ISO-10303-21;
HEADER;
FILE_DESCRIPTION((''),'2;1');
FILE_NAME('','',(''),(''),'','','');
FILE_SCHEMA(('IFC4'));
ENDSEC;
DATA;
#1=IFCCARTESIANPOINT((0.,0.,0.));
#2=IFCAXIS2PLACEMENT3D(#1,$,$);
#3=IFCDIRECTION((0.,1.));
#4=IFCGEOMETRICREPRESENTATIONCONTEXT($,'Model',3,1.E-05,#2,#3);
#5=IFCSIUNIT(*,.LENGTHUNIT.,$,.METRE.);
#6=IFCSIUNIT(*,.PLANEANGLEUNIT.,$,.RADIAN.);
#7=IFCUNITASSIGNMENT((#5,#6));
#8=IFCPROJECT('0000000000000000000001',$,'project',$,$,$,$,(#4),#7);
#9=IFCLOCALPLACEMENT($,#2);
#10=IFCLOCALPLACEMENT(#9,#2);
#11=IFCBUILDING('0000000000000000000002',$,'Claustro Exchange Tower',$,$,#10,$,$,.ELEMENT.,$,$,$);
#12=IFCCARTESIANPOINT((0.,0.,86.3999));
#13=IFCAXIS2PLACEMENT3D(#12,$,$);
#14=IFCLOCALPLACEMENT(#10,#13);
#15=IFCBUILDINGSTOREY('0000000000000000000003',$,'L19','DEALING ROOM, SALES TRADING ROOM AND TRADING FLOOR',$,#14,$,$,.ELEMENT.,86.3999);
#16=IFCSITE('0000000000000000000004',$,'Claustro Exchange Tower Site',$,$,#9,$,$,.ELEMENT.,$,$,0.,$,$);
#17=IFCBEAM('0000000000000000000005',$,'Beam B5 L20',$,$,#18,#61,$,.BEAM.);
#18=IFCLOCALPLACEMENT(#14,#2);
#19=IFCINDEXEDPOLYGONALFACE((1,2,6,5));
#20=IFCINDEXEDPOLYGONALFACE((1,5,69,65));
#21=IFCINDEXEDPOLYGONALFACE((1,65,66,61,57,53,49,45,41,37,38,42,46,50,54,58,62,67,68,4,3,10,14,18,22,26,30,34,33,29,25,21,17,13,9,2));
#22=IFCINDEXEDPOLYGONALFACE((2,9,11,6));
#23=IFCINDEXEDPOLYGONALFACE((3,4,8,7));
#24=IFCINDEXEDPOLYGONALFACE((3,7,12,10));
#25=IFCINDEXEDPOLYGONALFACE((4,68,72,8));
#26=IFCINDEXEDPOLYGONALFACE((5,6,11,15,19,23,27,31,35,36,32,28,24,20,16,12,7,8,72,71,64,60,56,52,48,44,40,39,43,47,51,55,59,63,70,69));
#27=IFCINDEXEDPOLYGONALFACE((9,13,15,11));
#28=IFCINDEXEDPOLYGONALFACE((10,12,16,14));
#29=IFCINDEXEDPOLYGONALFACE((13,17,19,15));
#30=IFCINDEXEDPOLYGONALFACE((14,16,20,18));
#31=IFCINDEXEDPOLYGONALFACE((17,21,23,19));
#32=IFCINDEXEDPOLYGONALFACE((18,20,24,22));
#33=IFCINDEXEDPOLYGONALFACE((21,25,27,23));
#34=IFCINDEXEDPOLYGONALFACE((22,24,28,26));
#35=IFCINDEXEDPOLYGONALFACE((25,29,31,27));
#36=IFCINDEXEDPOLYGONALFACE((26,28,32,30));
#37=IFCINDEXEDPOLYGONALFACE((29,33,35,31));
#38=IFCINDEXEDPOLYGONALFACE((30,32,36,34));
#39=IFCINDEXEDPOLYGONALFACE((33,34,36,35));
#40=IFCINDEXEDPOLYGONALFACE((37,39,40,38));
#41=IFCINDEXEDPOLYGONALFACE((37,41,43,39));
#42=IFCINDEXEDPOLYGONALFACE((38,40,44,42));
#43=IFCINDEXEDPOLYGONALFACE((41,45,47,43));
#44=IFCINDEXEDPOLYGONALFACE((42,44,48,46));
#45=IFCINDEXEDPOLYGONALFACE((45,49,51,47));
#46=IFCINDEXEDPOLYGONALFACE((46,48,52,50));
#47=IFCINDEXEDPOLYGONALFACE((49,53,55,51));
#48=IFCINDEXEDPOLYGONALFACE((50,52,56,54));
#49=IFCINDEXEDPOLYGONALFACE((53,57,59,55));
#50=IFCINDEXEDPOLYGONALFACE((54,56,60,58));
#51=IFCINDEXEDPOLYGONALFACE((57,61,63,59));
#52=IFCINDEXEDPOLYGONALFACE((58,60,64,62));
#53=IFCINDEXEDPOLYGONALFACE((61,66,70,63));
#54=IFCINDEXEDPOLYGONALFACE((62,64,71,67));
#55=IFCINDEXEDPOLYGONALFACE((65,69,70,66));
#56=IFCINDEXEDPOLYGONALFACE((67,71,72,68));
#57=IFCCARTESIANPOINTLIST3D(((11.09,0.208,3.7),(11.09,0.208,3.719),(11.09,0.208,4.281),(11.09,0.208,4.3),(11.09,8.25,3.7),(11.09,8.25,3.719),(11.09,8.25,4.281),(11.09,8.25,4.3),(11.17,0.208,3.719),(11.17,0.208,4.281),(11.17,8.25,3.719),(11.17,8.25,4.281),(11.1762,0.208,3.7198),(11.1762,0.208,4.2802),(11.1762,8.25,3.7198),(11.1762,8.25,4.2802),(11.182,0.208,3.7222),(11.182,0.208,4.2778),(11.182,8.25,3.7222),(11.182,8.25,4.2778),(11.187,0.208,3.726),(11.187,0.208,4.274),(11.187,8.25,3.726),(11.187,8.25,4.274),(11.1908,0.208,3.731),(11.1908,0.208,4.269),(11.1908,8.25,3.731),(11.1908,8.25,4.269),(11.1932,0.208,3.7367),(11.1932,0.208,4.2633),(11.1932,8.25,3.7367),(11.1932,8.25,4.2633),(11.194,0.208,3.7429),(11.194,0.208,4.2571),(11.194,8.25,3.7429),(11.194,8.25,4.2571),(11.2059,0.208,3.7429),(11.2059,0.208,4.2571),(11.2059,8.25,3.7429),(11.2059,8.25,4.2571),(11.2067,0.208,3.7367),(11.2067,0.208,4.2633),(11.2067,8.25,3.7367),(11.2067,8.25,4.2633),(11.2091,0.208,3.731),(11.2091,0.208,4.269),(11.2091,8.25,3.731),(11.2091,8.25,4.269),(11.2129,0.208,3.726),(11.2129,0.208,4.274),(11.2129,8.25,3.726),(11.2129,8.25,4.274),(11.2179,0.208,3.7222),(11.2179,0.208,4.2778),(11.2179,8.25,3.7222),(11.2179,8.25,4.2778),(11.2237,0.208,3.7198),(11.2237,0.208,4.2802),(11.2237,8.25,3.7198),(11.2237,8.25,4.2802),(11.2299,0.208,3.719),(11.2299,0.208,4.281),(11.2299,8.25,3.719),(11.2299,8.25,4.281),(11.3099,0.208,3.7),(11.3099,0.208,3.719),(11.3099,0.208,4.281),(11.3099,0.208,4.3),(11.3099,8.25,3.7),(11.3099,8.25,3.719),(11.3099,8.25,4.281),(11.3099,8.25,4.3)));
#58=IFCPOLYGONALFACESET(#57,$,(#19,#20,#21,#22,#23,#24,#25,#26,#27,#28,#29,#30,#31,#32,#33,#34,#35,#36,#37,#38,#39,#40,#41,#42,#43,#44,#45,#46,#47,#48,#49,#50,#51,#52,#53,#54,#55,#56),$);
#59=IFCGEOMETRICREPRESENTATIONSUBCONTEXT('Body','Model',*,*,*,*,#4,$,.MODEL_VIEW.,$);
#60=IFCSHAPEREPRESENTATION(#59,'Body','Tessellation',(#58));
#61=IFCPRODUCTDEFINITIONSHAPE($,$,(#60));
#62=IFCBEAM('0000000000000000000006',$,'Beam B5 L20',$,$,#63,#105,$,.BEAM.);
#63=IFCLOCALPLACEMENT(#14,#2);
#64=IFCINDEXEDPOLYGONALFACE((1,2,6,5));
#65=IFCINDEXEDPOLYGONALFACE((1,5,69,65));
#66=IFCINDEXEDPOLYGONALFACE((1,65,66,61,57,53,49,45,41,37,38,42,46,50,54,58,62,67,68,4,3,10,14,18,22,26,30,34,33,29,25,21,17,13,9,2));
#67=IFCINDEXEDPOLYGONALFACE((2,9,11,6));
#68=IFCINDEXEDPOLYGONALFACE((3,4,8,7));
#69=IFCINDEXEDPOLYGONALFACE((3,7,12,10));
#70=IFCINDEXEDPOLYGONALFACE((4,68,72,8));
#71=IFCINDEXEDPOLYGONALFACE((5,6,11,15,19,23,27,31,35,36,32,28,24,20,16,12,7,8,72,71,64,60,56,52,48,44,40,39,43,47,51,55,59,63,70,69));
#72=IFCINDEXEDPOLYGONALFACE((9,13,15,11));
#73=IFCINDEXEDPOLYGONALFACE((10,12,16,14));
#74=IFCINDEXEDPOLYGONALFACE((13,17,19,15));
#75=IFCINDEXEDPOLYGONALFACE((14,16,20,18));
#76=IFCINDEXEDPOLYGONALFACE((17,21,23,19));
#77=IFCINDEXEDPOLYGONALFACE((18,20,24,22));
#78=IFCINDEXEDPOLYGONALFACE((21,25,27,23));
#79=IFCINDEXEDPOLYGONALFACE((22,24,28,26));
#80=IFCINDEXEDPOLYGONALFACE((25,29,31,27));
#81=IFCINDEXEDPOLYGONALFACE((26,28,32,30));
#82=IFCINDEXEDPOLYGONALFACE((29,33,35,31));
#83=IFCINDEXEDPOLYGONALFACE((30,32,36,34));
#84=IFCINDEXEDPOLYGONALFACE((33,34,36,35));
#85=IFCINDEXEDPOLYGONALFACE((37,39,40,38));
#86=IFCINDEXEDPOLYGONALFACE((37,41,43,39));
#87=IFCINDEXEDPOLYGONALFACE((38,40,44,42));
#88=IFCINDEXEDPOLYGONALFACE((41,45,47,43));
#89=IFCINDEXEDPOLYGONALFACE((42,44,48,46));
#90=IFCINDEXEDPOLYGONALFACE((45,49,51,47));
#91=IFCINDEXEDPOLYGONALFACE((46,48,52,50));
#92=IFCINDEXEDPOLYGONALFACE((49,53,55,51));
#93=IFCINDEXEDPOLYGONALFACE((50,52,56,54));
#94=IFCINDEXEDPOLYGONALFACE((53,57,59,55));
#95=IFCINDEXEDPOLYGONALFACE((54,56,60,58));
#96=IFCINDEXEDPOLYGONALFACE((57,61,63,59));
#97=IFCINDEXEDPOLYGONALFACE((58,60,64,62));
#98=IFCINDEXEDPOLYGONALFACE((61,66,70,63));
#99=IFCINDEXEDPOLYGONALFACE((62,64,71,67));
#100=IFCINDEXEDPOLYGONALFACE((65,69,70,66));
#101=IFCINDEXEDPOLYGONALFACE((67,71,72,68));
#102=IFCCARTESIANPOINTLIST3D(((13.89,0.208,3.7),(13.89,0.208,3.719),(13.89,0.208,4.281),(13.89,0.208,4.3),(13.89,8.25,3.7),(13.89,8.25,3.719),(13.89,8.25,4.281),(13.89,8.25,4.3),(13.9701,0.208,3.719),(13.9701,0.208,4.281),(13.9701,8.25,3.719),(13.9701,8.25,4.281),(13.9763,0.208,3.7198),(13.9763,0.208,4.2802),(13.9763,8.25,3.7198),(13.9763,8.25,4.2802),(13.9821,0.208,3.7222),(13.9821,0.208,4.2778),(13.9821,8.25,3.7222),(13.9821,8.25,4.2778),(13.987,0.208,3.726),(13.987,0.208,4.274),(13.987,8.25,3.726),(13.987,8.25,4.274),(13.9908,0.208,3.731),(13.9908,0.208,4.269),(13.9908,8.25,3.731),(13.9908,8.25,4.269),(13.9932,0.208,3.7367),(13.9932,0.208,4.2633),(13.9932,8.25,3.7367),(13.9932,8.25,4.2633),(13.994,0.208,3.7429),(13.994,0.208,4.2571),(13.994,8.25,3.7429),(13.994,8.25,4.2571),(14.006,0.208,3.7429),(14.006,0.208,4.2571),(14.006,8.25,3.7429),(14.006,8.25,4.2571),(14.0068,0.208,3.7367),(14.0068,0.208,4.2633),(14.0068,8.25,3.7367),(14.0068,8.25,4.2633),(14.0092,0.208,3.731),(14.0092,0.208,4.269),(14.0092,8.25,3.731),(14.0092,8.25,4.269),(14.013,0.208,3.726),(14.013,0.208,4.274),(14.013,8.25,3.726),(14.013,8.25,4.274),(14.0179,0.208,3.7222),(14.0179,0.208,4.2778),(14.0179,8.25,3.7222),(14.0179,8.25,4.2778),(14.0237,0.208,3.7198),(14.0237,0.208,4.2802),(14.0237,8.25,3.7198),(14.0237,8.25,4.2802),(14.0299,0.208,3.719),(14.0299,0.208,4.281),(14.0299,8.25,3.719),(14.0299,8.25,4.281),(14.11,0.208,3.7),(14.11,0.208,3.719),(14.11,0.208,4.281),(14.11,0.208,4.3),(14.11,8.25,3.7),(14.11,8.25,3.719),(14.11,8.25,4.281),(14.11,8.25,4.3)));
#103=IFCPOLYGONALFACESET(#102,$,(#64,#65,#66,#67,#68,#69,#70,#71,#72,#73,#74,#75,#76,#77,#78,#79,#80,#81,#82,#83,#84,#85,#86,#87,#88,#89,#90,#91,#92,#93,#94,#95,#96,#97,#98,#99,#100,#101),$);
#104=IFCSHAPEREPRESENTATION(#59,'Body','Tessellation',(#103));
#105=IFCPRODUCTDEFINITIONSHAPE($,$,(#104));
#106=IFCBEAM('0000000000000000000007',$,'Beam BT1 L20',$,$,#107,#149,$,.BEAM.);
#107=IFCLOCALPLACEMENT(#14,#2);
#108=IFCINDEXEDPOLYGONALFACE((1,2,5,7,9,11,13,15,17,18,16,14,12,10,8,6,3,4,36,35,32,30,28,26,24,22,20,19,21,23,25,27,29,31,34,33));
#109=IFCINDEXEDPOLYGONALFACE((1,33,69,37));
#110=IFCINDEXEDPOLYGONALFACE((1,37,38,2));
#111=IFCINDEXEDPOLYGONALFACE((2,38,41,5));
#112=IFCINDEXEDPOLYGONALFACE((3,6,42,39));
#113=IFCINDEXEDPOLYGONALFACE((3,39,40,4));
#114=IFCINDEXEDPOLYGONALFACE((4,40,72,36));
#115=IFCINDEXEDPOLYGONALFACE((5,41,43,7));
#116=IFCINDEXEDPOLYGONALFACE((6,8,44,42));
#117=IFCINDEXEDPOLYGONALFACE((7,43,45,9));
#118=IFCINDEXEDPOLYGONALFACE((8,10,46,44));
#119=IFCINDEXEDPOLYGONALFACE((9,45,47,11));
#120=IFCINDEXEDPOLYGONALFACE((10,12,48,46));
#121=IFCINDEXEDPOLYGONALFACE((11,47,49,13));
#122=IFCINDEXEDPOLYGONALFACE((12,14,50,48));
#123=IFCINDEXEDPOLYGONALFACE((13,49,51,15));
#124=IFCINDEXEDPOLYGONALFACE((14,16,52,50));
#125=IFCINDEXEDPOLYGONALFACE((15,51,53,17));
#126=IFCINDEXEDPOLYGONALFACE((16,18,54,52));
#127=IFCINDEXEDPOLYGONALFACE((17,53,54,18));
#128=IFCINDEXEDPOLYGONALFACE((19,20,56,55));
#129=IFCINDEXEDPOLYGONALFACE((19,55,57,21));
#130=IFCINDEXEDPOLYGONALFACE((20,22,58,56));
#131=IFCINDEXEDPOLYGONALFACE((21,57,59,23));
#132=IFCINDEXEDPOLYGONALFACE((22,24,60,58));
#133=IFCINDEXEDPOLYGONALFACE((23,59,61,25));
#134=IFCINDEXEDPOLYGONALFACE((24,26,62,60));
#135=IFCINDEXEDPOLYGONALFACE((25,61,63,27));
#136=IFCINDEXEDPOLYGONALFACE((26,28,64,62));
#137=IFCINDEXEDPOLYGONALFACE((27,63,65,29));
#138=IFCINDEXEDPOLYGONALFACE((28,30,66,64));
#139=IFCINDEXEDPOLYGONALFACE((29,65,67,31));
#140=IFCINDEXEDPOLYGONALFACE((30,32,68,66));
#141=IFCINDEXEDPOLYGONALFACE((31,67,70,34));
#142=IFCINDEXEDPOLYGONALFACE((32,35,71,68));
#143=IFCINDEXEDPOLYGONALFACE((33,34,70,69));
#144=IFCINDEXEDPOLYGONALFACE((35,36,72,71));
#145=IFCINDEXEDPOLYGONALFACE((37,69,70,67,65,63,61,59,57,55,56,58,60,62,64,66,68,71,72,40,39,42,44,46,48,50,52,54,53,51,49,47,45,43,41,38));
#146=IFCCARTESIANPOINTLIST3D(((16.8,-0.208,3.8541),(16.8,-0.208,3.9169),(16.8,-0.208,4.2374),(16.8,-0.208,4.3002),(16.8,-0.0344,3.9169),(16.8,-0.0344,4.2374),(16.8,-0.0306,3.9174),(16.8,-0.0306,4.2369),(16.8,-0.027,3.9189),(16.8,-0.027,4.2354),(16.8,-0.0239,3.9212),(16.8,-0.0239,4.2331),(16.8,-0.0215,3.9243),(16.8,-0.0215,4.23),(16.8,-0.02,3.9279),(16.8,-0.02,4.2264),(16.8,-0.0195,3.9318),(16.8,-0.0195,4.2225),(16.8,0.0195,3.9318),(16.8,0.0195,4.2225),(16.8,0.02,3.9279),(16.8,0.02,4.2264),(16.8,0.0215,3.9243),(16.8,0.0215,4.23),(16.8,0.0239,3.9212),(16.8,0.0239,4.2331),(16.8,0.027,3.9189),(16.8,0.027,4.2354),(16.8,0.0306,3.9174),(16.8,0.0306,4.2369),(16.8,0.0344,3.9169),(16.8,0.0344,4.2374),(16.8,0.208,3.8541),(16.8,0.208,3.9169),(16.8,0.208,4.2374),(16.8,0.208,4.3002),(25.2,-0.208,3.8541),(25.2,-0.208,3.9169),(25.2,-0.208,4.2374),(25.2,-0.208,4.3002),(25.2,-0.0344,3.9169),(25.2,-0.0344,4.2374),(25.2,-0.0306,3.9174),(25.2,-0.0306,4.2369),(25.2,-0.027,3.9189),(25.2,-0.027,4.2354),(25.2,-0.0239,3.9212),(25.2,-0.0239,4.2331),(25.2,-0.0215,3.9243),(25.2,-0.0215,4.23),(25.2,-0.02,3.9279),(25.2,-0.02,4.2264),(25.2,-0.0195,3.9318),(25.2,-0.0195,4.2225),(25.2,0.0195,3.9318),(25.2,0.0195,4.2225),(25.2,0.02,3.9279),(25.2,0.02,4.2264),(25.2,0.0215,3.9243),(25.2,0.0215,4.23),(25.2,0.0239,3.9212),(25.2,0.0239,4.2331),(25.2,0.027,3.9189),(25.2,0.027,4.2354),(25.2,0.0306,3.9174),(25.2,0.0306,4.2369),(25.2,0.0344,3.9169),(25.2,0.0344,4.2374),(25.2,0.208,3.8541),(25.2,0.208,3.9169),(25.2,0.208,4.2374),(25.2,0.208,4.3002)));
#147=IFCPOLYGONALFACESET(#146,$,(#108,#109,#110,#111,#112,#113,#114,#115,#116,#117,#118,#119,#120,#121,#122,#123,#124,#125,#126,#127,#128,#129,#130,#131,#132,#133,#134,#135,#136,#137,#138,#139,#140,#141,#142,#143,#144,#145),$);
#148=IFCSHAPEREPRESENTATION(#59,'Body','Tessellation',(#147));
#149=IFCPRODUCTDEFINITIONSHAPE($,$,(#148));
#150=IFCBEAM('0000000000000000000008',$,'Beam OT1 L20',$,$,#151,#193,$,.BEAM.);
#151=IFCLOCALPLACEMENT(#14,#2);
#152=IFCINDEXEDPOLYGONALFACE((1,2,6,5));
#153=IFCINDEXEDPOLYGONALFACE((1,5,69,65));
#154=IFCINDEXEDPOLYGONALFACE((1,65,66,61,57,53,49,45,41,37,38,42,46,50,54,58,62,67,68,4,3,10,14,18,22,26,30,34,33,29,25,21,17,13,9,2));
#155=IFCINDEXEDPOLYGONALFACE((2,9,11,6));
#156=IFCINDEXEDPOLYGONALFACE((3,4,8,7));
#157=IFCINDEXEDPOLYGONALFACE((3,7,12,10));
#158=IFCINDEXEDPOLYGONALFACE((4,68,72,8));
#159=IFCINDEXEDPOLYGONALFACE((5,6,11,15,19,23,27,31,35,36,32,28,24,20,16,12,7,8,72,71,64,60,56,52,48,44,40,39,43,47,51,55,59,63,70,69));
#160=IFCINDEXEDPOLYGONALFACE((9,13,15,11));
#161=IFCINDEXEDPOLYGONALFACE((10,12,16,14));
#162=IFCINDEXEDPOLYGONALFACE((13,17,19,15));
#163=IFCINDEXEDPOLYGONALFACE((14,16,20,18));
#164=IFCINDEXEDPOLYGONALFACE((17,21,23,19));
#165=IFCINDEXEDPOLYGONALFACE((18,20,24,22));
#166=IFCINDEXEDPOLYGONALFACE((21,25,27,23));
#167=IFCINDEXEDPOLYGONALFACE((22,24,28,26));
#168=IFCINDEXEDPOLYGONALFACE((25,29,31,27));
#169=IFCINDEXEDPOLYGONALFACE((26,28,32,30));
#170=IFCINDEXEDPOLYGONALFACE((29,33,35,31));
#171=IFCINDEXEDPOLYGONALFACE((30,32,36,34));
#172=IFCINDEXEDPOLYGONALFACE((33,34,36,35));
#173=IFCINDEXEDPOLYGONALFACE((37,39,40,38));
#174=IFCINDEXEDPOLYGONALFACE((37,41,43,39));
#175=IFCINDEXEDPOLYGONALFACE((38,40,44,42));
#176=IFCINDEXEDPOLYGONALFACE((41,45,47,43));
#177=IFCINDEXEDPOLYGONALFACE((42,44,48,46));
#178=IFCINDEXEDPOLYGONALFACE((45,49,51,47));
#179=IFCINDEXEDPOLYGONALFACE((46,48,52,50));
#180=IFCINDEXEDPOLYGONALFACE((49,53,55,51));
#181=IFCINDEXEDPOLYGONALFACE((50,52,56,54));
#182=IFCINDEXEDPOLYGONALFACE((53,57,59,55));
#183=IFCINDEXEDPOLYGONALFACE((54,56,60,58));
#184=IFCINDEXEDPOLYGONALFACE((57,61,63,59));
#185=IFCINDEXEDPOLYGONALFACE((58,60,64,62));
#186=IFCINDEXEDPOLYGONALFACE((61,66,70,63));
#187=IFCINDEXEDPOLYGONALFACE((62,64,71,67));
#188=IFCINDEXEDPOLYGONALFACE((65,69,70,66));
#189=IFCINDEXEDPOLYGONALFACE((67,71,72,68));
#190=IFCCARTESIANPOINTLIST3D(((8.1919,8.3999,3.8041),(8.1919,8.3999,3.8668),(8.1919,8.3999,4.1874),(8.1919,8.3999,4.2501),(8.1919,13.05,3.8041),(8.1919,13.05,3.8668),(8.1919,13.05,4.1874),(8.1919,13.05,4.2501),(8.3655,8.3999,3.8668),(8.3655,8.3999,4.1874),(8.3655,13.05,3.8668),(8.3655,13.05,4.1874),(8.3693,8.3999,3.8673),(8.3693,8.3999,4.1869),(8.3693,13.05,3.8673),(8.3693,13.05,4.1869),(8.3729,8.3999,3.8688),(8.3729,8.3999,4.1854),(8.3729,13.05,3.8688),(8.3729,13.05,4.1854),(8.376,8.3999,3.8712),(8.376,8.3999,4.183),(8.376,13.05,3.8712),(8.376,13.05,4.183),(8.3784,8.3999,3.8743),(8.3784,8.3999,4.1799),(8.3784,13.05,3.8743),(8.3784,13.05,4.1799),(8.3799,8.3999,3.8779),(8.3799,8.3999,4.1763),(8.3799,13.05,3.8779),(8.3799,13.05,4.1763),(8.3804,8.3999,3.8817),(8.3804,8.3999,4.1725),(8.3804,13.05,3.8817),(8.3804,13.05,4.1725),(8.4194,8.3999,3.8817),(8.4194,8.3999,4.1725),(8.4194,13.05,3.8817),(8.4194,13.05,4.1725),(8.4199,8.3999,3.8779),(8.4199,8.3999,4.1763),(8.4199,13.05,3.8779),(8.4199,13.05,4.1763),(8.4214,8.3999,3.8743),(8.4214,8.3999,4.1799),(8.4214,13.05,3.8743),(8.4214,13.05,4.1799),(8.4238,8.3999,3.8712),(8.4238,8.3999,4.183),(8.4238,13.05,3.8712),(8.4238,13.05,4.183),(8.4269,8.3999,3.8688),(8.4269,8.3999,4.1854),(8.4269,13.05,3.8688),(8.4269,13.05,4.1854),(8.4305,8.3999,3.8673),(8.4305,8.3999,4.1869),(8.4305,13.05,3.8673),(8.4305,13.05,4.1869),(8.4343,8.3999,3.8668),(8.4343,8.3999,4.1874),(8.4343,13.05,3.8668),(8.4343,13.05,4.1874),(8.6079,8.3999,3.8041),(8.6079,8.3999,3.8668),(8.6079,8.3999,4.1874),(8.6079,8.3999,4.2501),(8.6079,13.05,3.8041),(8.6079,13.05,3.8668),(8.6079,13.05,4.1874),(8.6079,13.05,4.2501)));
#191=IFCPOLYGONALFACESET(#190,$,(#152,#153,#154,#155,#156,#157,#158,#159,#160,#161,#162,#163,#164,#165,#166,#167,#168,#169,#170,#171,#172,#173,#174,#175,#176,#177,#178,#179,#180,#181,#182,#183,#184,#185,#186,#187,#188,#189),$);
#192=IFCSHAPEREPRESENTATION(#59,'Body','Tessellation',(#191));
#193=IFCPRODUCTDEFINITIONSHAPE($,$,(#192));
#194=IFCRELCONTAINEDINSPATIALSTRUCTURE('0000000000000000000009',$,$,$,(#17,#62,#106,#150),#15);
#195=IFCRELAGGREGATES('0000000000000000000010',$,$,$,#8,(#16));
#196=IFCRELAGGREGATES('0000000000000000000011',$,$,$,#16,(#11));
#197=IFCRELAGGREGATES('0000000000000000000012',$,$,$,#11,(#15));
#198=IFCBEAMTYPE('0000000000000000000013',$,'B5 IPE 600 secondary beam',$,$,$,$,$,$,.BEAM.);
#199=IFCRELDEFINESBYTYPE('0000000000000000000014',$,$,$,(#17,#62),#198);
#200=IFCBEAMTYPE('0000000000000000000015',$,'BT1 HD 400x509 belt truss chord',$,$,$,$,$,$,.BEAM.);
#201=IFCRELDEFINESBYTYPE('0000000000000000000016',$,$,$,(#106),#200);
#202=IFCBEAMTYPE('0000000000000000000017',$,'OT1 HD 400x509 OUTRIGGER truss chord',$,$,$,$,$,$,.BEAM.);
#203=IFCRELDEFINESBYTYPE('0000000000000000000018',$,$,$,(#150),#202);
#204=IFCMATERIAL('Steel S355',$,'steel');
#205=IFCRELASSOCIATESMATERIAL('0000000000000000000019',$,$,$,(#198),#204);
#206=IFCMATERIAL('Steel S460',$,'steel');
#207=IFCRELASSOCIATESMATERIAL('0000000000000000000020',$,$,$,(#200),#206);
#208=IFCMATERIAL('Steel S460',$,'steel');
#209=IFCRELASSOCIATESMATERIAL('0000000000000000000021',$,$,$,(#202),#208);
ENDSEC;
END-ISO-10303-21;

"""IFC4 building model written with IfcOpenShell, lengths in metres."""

from ifc_helpers import new_model, si_unit, direction, frame, origin, origin_2d, place, context, subcontext, project, spatial, i_section, extrude, material, material_profile, profile_set, type_object, element, save


model = new_model("IFC4")

# Units and contexts
model_context = context("Model", 3, precision=1e-05, world=origin(), true_north=direction((0.0, 1.0)))
body_context = subcontext(model_context, "Body", "Model", "MODEL_VIEW")
ifc_project = project(units=[si_unit("LENGTHUNIT", "METRE"), si_unit("PLANEANGLEUNIT", "RADIAN")], contexts=[model_context])

# Site, building, storey
site_placement = place(None, origin())
site = spatial("IfcSite", under=ifc_project, at=site_placement, Name="Claustro Exchange Tower Site", CompositionType="ELEMENT", RefElevation=0.0)
building_placement = place(site_placement, origin())
building = spatial("IfcBuilding", under=site, at=building_placement, Name="Claustro Exchange Tower", CompositionType="ELEMENT")
storey_placement = place(building_placement, frame((0.0, 0.0, 86.3999)))
storey = spatial("IfcBuildingStorey", under=building, at=storey_placement, Name="L19", Description="DEALING ROOM, SALES TRADING ROOM AND TRADING FLOOR", CompositionType="ELEMENT", Elevation=86.3999)

# Beams
ifc_material_1 = material(Name="Steel S355", Category="steel")
ifc_material_profile_1 = material_profile(ifc_material_1, i_section(OverallWidth=0.22, OverallDepth=0.6001, WebThickness=0.012, FlangeThickness=0.019, FilletRadius=0.0239, at=origin_2d()), Name="IPE 600")
ifc_profile_set_1 = profile_set([ifc_material_profile_1], Name="Steel S355")
beam_type_1 = type_object("IfcBeamType", Name="B5 IPE 600 secondary beam", PredefinedType="BEAM", material=ifc_profile_set_1)
for number, where, z_axis, x_axis, name in (
    (1, (11.2, 0.208, 4.0), (0.0, 1.0, 0.0), (-1.0, 0.0, 0.0), "Beam B5 L20"),
    (2, (14.0, 0.208, 4.0), (0.0, 1.0, 0.0), (-1.0, 0.0, 0.0), "Beam B5 L20"),
):
    element("IfcBeam", number, at=place(storey_placement, frame(where, z_axis=z_axis, x_axis=x_axis)), inside=storey, type_object=beam_type_1, Name=name, PredefinedType="BEAM", context=body_context, shape_type="SweptSolid", body=[
        extrude(i_section(OverallWidth=0.22, OverallDepth=0.6001, WebThickness=0.012, FlangeThickness=0.019, FilletRadius=0.0239, at=origin_2d()), origin(), (0.0, 0.0, 1.0), 8.042),
    ])
ifc_material_2 = material(Name="Steel S460", Category="steel")
ifc_material_profile_2 = material_profile(ifc_material_2, i_section(OverallWidth=0.416, OverallDepth=0.446, WebThickness=0.0391, FlangeThickness=0.0627, FilletRadius=0.0149, at=origin_2d()), Name="HD 400x509")
ifc_profile_set_2 = profile_set([ifc_material_profile_2], Name="Steel S460")
beam_type_2 = type_object("IfcBeamType", Name="BT1 HD 400x509 belt truss chord", PredefinedType="BEAM", material=ifc_profile_set_2)
beam_1_placement = place(storey_placement, frame((16.8, 0.0, 4.0771), z_axis=(1.0, 0.0, 0.0), x_axis=(0.0, 1.0, 0.0)))
element("IfcBeam", 3, at=beam_1_placement, inside=storey, type_object=beam_type_2, Name="Beam BT1 L20", PredefinedType="BEAM", context=body_context, shape_type="SweptSolid", body=[
    extrude(i_section(OverallWidth=0.416, OverallDepth=0.446, WebThickness=0.0391, FlangeThickness=0.0627, FilletRadius=0.0149, at=origin_2d()), origin(), (0.0, 0.0, 1.0), 8.3999),
])
ifc_material_3 = material(Name="Steel S460", Category="steel")
ifc_material_profile_3 = material_profile(ifc_material_3, i_section(OverallWidth=0.416, OverallDepth=0.446, WebThickness=0.0391, FlangeThickness=0.0627, FilletRadius=0.0149, at=origin_2d()), Name="HD 400x509")
ifc_profile_set_3 = profile_set([ifc_material_profile_3], Name="Steel S460")
beam_type_3 = type_object("IfcBeamType", Name="OT1 HD 400x509 OUTRIGGER truss chord", PredefinedType="BEAM", material=ifc_profile_set_3)
for number, where, z_axis, x_axis, name in (
    (4, (8.3999, 8.3999, 4.0271), (0.0, 1.0, 0.0), (-1.0, 0.0, 0.0), "Beam OT1 L20"),
):
    element("IfcBeam", number, at=place(storey_placement, frame(where, z_axis=z_axis, x_axis=x_axis)), inside=storey, type_object=beam_type_3, Name=name, PredefinedType="BEAM", context=body_context, shape_type="SweptSolid", body=[
        extrude(i_section(OverallWidth=0.416, OverallDepth=0.446, WebThickness=0.0391, FlangeThickness=0.0627, FilletRadius=0.0149, at=origin_2d()), origin(), (0.0, 0.0, 1.0), 4.6501),
    ])

save(model, "model.ifc")
